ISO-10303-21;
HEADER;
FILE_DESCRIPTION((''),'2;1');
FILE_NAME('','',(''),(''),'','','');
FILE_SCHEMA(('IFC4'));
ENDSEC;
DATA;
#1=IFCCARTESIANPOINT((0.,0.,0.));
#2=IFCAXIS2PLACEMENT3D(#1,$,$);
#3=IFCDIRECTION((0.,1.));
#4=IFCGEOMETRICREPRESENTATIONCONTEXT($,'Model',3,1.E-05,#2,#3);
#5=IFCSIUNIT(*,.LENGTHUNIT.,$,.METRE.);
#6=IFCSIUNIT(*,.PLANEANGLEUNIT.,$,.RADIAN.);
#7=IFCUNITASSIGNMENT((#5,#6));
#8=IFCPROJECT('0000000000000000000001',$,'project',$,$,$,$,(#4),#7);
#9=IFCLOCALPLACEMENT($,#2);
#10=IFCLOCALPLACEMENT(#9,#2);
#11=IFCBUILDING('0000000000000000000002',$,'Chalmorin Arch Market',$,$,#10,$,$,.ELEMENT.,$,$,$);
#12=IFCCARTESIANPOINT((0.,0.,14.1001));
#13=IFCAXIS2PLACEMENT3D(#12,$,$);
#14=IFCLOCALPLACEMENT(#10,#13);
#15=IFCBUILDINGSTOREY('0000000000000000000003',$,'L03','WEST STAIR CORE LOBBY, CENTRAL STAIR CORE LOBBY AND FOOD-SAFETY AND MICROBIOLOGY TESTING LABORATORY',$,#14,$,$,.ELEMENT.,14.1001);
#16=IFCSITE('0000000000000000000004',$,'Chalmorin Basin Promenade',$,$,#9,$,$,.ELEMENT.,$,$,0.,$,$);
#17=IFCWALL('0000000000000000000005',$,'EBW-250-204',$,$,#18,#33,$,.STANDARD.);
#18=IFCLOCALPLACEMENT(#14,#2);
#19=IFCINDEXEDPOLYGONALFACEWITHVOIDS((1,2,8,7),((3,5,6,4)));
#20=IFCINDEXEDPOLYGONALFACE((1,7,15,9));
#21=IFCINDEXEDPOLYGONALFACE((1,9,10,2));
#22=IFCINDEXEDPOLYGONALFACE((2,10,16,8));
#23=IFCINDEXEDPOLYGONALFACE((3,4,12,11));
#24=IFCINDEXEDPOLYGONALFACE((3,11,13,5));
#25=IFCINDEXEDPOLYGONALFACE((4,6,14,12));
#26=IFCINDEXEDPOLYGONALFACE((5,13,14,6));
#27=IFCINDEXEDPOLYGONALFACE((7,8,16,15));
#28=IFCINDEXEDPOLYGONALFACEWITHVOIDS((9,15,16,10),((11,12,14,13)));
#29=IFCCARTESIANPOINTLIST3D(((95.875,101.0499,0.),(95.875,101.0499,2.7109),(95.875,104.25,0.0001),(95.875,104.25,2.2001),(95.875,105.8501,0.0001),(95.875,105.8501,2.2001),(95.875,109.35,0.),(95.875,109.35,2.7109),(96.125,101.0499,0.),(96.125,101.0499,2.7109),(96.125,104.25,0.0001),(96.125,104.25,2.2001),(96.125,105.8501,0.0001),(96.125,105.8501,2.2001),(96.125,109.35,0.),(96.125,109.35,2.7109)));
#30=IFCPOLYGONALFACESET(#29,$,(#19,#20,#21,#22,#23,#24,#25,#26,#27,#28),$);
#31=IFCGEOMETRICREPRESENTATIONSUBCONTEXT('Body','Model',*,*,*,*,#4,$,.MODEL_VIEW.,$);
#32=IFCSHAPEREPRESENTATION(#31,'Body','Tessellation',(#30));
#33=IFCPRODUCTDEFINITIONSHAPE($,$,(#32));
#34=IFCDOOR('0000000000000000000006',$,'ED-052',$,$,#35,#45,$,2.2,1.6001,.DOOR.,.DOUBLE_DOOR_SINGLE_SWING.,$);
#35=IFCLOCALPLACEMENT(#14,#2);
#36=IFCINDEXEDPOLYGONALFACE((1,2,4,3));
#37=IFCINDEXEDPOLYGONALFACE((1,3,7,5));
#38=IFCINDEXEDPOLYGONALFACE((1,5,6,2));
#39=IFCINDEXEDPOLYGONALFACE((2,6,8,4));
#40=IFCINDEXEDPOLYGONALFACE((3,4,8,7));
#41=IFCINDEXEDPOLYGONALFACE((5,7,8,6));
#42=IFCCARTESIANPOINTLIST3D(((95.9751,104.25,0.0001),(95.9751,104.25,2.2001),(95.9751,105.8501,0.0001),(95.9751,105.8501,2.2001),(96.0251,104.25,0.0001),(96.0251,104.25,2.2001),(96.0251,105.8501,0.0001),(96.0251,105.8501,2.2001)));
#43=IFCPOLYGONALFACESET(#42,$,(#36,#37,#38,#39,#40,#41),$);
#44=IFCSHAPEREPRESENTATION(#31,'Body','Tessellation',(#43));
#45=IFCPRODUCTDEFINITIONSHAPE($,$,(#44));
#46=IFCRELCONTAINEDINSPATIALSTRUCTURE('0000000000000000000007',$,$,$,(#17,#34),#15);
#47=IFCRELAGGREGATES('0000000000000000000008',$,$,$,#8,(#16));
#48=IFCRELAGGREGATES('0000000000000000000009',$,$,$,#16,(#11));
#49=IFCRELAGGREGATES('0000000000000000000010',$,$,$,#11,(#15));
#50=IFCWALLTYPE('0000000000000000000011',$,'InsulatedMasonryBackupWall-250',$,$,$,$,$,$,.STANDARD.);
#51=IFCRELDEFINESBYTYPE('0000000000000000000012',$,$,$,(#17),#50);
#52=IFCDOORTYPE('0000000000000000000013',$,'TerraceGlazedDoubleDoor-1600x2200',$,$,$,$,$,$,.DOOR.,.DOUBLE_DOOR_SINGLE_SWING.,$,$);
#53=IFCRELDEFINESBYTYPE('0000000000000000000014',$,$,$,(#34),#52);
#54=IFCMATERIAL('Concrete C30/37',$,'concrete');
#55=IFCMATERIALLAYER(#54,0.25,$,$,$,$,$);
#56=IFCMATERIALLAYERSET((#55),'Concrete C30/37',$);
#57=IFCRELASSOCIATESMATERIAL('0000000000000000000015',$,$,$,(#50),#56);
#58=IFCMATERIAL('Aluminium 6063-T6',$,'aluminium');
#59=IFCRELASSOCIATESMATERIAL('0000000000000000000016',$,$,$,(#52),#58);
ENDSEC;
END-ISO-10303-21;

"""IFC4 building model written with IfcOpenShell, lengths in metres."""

from ifc_helpers import new_model, si_unit, direction, frame, frame_2d, origin, place, context, subcontext, project, spatial, rectangle, extrude, material, layer, layer_set, type_object, element, fill, save


model = new_model("IFC4")

# Units and contexts
model_context = context("Model", 3, precision=1e-05, world=origin(), true_north=direction((0.0, 1.0)))
body_context = subcontext(model_context, "Body", "Model", "MODEL_VIEW")
ifc_project = project(units=[si_unit("LENGTHUNIT", "METRE"), si_unit("PLANEANGLEUNIT", "RADIAN")], contexts=[model_context])

# Site, building, storey
site_placement = place(None, origin())
site = spatial("IfcSite", under=ifc_project, at=site_placement, Name="Chalmorin Basin Promenade", CompositionType="ELEMENT", RefElevation=0.0)
building_placement = place(site_placement, origin())
building = spatial("IfcBuilding", under=site, at=building_placement, Name="Chalmorin Arch Market", CompositionType="ELEMENT")
storey_placement = place(building_placement, frame((0.0, 0.0, 14.1001)))
storey = spatial("IfcBuildingStorey", under=building, at=storey_placement, Name="L03", Description="WEST STAIR CORE LOBBY, CENTRAL STAIR CORE LOBBY AND FOOD-SAFETY AND MICROBIOLOGY TESTING LABORATORY", CompositionType="ELEMENT", Elevation=14.1001)

# Wall, opening, door
ifc_material_1 = material(Name="Concrete C30/37", Category="concrete")
ifc_layer_1 = layer(ifc_material_1, 0.25)
ifc_layer_set_1 = layer_set([ifc_layer_1], Name="Concrete C30/37")
wall_type_1 = type_object("IfcWallType", Name="InsulatedMasonryBackupWall-250", PredefinedType="STANDARD", material=ifc_layer_set_1)
ifc_material_2 = material(Name="Aluminium 6063-T6", Category="aluminium")
wall_1_placement = place(storey_placement, frame((96.0, 101.05, 0.0), z_axis=(0.0, 0.0, 1.0), x_axis=(0.0, 1.0, 0.0)))
wall_1 = element("IfcWall", 1, at=wall_1_placement, inside=storey, type_object=wall_type_1, Name="EBW-250-204", PredefinedType="STANDARD", context=body_context, shape_type="SweptSolid", body=[
    extrude(rectangle(XDim=8.3, YDim=0.25, at=frame_2d((4.1499, 0.0))), origin(), (0.0, 0.0, 1.0), 2.7109),
])
opening_1_placement = place(wall_1_placement, frame((3.2, 0.0, 0.0)))
opening_1 = element("IfcOpeningElement", 2, at=opening_1_placement, cuts=wall_1, PredefinedType="OPENING", context=body_context, shape_type="SweptSolid", body=[
    extrude(rectangle(XDim=1.6001, YDim=2.2, at=frame_2d((0.8, 1.1001))), frame((0.0, 0.135, 0.0), z_axis=(0.0, -1.0, 0.0), x_axis=(1.0, 0.0, 0.0)), (0.0, 0.0, 1.0), 0.27),
])
door_type_1 = type_object("IfcDoorType", Name="TerraceGlazedDoubleDoor-1600x2200", OperationType="DOUBLE_DOOR_SINGLE_SWING", PredefinedType="DOOR", material=ifc_material_2)
door_1_placement = place(opening_1_placement, origin())
door_1 = element("IfcDoor", 3, at=door_1_placement, inside=storey, type_object=door_type_1, Name="ED-052", OperationType="DOUBLE_DOOR_SINGLE_SWING", OverallHeight=2.2, OverallWidth=1.6001, PredefinedType="DOOR", context=body_context, shape_type="SweptSolid", body=[
    extrude(rectangle(XDim=1.6001, YDim=2.2, at=frame_2d((0.8, 1.1001))), frame((0.0, 0.0249, 0.0), z_axis=(0.0, -1.0, 0.0), x_axis=(1.0, 0.0, 0.0)), (0.0, 0.0, 1.0), 0.05),
])
fill(opening_1, door_1)

save(model, "model.ifc")
